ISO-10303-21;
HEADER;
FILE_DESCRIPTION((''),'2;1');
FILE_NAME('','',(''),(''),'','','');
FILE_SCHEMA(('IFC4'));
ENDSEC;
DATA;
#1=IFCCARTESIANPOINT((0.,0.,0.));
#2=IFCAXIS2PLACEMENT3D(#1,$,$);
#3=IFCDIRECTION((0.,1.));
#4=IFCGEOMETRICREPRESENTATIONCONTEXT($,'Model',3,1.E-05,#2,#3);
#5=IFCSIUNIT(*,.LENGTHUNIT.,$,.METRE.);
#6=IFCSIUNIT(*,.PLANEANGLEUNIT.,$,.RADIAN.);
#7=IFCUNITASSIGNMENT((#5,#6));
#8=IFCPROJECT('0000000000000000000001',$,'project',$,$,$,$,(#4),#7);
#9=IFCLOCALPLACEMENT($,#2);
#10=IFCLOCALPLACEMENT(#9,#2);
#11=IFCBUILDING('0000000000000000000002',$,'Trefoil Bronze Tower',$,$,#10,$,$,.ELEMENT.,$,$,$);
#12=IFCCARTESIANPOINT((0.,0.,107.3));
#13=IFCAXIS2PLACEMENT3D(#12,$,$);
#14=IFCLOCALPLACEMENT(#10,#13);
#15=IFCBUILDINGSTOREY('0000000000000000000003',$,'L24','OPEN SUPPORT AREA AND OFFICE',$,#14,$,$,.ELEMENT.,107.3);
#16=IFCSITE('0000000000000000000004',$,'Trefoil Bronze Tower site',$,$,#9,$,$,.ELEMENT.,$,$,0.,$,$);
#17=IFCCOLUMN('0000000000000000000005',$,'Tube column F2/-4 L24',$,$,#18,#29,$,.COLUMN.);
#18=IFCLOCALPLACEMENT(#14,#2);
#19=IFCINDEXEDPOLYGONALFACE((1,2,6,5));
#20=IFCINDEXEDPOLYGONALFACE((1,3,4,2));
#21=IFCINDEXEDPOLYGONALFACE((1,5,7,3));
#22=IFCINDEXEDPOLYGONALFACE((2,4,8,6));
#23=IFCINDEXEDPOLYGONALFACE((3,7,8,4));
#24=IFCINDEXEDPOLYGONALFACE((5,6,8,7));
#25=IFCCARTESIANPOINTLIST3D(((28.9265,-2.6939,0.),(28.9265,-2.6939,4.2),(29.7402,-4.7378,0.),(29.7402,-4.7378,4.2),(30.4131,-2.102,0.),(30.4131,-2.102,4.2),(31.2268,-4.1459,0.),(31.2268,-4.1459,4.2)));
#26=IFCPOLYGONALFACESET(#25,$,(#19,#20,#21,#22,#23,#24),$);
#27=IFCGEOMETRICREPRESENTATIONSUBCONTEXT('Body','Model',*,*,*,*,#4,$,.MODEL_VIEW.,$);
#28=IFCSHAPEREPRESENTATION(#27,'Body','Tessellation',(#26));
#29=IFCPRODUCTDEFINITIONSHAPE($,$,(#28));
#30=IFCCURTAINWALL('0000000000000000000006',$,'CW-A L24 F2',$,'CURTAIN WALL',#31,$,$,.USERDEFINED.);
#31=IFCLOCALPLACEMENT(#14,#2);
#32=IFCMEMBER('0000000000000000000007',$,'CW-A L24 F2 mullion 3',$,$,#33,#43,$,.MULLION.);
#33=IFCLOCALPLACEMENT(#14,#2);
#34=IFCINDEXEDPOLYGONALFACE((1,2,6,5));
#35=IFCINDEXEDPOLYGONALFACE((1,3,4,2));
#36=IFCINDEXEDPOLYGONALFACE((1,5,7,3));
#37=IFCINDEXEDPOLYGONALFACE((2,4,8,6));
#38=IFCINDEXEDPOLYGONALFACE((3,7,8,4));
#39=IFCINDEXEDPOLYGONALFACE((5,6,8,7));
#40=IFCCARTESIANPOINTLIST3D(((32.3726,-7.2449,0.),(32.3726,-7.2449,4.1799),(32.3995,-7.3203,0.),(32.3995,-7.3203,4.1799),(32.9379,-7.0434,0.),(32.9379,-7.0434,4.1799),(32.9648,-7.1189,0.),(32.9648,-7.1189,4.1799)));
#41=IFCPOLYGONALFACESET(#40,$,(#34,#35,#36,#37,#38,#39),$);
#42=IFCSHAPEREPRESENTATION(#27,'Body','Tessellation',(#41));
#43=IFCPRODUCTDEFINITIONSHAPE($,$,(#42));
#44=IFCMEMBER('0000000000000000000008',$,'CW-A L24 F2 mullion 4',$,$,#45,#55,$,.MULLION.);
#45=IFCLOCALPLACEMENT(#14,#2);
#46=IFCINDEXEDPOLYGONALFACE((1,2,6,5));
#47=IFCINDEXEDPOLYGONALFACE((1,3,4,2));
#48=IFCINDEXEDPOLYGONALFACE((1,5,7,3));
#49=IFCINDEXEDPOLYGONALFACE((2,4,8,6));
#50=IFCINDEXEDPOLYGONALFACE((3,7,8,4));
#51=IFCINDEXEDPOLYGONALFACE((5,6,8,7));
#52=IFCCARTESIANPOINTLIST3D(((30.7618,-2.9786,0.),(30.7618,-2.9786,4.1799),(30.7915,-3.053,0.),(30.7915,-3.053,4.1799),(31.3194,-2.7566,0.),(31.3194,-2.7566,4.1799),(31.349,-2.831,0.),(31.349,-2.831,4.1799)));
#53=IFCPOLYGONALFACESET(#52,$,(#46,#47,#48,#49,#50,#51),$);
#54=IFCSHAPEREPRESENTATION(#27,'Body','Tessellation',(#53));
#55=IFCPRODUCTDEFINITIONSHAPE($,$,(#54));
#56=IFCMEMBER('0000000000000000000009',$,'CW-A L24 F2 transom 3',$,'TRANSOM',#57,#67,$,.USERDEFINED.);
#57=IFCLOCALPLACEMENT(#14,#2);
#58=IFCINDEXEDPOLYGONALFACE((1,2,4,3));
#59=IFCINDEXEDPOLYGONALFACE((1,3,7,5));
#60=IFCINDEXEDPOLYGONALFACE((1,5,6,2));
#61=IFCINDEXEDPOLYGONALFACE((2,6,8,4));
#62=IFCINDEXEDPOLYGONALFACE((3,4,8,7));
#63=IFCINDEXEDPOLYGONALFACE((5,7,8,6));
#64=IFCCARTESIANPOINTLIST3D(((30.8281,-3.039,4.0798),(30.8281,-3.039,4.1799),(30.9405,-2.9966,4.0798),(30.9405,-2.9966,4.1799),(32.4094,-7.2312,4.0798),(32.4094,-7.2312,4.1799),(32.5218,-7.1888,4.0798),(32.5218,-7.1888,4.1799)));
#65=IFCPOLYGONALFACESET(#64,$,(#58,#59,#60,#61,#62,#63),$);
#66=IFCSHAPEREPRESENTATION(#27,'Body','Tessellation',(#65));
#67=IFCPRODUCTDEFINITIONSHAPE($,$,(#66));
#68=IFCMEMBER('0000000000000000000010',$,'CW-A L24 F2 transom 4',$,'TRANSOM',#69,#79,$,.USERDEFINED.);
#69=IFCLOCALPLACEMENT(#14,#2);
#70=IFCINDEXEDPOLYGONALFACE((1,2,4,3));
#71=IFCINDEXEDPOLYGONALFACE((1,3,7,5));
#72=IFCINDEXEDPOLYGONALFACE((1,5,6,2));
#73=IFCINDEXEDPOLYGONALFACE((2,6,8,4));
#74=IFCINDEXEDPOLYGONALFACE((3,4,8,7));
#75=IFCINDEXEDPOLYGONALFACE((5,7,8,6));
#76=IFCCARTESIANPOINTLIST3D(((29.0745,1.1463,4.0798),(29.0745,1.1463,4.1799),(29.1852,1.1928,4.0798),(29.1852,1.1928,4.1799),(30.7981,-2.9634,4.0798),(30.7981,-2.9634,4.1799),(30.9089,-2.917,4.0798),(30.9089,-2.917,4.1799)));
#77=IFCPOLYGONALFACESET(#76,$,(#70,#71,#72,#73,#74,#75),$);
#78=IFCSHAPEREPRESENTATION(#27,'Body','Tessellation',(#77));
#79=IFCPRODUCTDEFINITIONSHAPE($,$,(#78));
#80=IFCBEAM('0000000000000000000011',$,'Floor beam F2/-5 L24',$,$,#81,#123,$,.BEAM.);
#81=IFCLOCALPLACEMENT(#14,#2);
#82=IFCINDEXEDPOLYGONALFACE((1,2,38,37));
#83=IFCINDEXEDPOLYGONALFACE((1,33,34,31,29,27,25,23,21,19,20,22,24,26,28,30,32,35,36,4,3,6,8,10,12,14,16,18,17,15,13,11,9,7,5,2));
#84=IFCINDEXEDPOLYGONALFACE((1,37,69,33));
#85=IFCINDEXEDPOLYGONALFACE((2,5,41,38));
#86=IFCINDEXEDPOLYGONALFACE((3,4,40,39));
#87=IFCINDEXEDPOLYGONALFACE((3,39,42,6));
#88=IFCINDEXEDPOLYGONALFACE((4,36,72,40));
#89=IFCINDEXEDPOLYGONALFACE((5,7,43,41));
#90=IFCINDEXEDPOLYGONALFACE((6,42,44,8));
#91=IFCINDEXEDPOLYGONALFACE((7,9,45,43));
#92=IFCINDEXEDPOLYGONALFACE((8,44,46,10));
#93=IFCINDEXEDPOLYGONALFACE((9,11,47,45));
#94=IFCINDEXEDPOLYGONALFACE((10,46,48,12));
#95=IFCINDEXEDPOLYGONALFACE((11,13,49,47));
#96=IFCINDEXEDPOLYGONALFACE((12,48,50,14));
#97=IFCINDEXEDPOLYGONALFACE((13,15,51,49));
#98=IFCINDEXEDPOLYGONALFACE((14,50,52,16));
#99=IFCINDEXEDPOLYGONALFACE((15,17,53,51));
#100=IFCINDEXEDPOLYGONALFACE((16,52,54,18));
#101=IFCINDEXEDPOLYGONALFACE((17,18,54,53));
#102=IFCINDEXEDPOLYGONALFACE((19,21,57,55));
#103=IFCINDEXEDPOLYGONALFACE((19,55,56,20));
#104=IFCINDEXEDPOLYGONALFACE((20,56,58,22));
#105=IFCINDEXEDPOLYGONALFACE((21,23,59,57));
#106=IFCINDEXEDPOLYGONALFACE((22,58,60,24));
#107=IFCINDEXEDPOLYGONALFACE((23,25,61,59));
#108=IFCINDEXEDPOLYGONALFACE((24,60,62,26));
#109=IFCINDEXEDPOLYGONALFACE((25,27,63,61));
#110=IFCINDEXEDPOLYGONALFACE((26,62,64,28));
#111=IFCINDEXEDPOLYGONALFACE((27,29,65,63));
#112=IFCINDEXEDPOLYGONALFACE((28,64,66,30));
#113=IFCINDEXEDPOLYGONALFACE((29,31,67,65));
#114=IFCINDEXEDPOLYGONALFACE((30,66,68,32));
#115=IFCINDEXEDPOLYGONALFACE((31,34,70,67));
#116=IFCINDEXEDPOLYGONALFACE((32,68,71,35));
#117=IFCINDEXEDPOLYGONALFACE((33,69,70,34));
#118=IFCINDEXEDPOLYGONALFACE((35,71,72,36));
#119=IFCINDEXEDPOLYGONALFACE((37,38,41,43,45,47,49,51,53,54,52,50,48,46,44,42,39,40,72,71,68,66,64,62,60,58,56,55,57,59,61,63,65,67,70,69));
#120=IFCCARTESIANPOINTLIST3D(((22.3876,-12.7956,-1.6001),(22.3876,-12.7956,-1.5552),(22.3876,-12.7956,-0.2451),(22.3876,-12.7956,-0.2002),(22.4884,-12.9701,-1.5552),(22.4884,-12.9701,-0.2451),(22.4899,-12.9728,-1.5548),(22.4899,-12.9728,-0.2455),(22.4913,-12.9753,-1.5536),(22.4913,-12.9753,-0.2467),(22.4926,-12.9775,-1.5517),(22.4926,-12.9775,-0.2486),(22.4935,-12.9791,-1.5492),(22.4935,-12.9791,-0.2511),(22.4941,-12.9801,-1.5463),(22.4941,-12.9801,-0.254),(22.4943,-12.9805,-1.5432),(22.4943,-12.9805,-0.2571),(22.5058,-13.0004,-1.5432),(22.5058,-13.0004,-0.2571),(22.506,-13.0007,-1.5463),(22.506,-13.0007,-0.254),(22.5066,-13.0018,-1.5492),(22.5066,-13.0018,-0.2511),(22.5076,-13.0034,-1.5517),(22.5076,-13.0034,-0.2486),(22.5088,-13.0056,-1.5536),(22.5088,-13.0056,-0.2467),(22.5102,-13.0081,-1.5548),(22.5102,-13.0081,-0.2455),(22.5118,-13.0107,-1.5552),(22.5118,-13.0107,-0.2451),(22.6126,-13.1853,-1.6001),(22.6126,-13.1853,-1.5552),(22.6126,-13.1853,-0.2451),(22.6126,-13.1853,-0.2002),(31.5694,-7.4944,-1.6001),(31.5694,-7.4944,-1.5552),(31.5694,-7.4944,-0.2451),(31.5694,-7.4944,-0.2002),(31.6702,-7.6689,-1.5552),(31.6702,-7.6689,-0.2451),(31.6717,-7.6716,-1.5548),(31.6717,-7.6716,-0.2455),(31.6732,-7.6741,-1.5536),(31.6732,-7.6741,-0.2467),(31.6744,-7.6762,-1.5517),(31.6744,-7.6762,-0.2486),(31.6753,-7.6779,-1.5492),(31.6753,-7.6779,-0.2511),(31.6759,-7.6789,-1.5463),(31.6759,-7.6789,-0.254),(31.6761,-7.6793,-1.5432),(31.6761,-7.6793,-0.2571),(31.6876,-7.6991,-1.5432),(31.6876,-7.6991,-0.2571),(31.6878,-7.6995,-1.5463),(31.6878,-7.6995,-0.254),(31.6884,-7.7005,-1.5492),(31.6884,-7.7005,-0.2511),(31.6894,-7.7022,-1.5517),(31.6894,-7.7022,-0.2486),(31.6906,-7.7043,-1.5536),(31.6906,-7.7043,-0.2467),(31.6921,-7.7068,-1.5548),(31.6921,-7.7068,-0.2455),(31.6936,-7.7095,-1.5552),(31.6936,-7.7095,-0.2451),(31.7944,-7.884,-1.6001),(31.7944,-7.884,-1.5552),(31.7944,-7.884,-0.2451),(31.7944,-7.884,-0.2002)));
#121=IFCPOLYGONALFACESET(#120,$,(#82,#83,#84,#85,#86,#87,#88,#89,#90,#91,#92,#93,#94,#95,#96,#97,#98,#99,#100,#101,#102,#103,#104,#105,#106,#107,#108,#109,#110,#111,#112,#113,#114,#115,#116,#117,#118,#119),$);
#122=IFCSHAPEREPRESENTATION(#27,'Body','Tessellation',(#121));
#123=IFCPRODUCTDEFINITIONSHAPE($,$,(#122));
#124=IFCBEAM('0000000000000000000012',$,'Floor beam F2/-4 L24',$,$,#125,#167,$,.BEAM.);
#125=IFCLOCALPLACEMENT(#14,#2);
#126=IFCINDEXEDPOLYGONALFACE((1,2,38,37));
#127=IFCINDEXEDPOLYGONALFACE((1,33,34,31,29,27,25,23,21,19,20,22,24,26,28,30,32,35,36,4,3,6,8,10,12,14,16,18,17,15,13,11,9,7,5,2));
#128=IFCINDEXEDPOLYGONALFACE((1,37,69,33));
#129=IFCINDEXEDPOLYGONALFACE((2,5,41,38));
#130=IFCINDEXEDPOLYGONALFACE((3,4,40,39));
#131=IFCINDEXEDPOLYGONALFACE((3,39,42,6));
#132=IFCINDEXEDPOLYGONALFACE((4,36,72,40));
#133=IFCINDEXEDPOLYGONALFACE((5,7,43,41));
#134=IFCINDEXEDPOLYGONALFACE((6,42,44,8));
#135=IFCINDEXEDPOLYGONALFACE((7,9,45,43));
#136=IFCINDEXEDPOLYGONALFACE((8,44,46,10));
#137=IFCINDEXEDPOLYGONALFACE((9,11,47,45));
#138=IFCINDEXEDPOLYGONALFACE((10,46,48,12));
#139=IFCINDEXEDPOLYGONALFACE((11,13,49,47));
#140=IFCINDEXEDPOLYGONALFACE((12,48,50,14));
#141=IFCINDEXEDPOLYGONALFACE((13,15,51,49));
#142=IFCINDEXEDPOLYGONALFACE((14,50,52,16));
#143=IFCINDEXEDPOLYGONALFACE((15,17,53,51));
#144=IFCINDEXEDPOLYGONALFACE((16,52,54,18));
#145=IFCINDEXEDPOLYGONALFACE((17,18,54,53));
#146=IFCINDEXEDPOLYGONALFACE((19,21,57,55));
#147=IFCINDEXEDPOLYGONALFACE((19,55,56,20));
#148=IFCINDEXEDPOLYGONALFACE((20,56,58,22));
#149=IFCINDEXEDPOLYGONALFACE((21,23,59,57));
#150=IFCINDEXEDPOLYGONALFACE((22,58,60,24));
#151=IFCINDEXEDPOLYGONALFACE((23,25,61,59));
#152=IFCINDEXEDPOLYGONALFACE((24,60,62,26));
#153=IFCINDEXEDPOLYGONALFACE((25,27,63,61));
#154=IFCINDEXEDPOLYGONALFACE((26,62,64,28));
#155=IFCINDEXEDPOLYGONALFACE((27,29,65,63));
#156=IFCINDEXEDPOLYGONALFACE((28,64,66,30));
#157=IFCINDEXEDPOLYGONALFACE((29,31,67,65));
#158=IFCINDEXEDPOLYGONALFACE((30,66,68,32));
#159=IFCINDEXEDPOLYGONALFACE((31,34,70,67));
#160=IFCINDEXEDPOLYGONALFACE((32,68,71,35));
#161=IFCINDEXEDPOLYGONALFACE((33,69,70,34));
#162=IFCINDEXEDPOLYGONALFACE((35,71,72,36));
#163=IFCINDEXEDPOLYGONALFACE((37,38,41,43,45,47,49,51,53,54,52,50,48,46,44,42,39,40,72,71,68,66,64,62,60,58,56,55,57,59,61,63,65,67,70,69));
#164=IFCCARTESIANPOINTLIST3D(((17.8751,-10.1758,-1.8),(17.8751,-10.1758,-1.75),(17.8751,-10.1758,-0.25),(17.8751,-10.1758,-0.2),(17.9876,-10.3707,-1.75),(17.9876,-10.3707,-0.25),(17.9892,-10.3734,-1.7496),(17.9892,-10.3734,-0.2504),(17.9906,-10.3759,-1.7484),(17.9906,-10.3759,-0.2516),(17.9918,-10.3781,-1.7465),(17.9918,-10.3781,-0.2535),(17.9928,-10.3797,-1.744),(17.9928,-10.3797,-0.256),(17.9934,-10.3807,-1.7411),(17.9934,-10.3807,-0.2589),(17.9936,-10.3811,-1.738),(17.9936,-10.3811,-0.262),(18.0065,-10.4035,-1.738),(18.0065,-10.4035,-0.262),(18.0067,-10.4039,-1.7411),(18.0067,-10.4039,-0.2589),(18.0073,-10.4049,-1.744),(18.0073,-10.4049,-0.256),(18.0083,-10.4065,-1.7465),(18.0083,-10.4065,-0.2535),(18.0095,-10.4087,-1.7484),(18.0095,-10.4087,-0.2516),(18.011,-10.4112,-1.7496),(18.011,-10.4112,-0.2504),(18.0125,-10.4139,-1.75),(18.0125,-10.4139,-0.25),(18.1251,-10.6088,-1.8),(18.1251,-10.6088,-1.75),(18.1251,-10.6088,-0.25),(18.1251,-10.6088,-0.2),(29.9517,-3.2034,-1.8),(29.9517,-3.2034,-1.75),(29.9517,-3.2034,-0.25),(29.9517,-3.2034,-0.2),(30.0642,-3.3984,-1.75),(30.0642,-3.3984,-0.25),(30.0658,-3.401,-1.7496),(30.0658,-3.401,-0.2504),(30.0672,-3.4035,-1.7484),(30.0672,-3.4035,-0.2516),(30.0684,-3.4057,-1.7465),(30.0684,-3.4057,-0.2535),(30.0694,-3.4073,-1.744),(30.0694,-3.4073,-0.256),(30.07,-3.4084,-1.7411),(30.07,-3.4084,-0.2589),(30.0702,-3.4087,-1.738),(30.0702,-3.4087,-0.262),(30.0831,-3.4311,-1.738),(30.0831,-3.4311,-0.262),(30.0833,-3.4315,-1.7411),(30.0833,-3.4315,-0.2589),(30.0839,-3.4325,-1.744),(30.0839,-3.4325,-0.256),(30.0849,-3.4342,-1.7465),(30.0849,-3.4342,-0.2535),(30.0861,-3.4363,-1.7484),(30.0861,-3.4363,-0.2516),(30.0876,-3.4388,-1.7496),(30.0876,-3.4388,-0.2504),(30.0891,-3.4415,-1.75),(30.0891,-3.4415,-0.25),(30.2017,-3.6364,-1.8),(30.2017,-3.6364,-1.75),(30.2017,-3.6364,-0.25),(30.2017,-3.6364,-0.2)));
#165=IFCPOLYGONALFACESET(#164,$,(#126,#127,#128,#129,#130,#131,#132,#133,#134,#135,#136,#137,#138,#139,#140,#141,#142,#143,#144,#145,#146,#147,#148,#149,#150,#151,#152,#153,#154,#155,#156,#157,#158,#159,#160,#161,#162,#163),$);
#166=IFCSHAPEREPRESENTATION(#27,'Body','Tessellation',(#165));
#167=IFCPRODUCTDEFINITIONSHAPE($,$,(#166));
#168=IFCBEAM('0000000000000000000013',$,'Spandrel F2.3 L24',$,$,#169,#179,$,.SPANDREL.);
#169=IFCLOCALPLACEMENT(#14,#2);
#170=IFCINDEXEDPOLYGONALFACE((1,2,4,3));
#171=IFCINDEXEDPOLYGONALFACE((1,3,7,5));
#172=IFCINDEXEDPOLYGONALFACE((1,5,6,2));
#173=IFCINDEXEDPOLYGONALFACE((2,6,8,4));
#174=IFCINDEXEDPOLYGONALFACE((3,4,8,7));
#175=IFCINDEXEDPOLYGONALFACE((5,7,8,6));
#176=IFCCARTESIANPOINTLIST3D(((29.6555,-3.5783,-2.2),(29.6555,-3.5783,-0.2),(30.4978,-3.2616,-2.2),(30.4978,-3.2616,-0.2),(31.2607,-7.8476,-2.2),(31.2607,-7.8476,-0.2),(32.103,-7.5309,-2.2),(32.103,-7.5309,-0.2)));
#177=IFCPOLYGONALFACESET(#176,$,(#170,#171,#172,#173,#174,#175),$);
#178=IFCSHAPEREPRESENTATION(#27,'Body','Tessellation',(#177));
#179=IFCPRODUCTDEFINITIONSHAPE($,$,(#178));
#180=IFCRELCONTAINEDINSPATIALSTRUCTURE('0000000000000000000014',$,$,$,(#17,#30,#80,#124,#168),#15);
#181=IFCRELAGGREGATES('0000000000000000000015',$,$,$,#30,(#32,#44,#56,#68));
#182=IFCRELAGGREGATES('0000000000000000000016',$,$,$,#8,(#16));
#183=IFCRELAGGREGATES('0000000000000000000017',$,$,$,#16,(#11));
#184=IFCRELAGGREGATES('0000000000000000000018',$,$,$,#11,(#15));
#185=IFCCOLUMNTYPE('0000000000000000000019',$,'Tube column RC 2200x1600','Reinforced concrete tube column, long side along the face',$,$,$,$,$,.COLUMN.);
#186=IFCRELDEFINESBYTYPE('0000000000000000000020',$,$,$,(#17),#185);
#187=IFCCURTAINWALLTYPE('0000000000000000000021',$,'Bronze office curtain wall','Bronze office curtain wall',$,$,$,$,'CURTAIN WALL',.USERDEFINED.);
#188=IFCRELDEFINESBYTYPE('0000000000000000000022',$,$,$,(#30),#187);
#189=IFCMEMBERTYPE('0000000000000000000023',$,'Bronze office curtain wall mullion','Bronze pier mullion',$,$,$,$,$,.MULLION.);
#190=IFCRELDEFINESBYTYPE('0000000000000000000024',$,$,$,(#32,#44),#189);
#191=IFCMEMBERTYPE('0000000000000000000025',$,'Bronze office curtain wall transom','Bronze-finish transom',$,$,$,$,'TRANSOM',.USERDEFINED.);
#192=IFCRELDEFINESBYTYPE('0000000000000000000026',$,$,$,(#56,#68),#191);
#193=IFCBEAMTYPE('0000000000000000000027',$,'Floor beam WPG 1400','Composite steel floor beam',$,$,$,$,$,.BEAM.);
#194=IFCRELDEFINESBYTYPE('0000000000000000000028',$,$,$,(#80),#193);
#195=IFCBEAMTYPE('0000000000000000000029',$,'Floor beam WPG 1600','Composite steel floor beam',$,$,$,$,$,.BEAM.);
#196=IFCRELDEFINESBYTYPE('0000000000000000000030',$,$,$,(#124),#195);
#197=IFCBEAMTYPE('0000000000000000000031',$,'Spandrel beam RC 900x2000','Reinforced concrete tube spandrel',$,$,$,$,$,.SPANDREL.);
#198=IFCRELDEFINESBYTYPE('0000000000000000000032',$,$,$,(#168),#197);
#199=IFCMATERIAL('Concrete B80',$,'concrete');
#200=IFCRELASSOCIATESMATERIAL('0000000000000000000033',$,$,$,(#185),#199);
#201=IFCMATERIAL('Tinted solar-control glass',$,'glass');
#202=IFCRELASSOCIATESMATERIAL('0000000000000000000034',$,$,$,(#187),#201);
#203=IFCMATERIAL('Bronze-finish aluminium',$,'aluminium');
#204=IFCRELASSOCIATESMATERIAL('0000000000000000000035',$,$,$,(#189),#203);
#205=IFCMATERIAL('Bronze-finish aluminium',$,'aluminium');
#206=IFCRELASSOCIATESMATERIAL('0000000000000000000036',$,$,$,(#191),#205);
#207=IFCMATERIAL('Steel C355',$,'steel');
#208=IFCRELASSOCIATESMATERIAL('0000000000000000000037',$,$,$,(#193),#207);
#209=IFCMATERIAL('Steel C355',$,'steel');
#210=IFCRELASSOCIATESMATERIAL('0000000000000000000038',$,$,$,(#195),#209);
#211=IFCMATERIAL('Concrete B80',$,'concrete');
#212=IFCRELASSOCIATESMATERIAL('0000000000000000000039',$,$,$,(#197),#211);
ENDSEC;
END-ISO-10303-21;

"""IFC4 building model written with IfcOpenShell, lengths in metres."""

from ifc_helpers import new_model, si_unit, direction, frame, origin, origin_2d, place, context, subcontext, project, spatial, rectangle, i_section, extrude, material, material_profile, profile_set, type_object, element, aggregate, save


model = new_model("IFC4")

# Units and contexts
model_context = context("Model", 3, precision=1e-05, world=origin(), true_north=direction((0.0, 1.0)))
body_context = subcontext(model_context, "Body", "Model", "MODEL_VIEW")
ifc_project = project(units=[si_unit("LENGTHUNIT", "METRE"), si_unit("PLANEANGLEUNIT", "RADIAN")], contexts=[model_context])

# Site, building, storey
site_placement = place(None, origin())
site = spatial("IfcSite", under=ifc_project, at=site_placement, Name="Trefoil Bronze Tower site", CompositionType="ELEMENT", RefElevation=0.0)
building_placement = place(site_placement, origin())
building = spatial("IfcBuilding", under=site, at=building_placement, Name="Trefoil Bronze Tower", CompositionType="ELEMENT")
storey_placement = place(building_placement, frame((0.0, 0.0, 107.3)))
storey = spatial("IfcBuildingStorey", under=building, at=storey_placement, Name="L24", Description="OPEN SUPPORT AREA AND OFFICE", CompositionType="ELEMENT", Elevation=107.3)

# Column
ifc_material_1 = material(Name="Concrete B80", Category="concrete")
ifc_material_profile_1 = material_profile(ifc_material_1, rectangle(XDim=2.2, YDim=1.6001, at=origin_2d()), Name="RC 2200x1600")
ifc_profile_set_1 = profile_set([ifc_material_profile_1], Name="Concrete B80")
column_type = type_object("IfcColumnType", Name="Tube column RC 2200x1600", Description="Reinforced concrete tube column, long side along the face", PredefinedType="COLUMN", material=ifc_profile_set_1)
column_placement = place(storey_placement, frame((30.0767, -3.4199, 0.0), z_axis=(0.0, 0.0, 1.0), x_axis=(-0.369901, 0.929071, 0.0)))
element("IfcColumn", 1, at=column_placement, inside=storey, type_object=column_type, Name="Tube column F2/-4 L24", PredefinedType="COLUMN", context=body_context, shape_type="SweptSolid", body=[
    extrude(rectangle(XDim=2.2, YDim=1.6001, at=origin_2d()), origin(), (0.0, 0.0, 1.0), 4.2),
])

# Curtain wall, members
ifc_material_2 = material(Name="Tinted solar-control glass", Category="glass")
curtain_wall_type = type_object("IfcCurtainWallType", Name="Bronze office curtain wall", Description="Bronze office curtain wall", ElementType="CURTAIN WALL", PredefinedType="USERDEFINED", material=ifc_material_2)
curtain_wall_placement = place(storey_placement, origin())
curtain_wall = element("IfcCurtainWall", 2, at=curtain_wall_placement, inside=storey, type_object=curtain_wall_type, Name="CW-A L24 F2", ObjectType="CURTAIN WALL", PredefinedType="USERDEFINED")
ifc_material_3 = material(Name="Bronze-finish aluminium", Category="aluminium")
ifc_material_profile_2 = material_profile(ifc_material_3, rectangle(XDim=0.6001, YDim=0.0801, at=origin_2d()), Name="CW-A mullion")
ifc_profile_set_2 = profile_set([ifc_material_profile_2], Name="Bronze-finish aluminium")
member_type_1 = type_object("IfcMemberType", Name="Bronze office curtain wall mullion", Description="Bronze pier mullion", PredefinedType="MULLION", material=ifc_profile_set_2)
member_1_placement = place(storey_placement, frame((32.6687, -7.1819, 0.0), z_axis=(0.0, 0.0, 1.0), x_axis=(-0.941963, -0.335718, 0.0)))
member_1 = element("IfcMember", 3, at=member_1_placement, type_object=member_type_1, Name="CW-A L24 F2 mullion 3", PredefinedType="MULLION", context=body_context, shape_type="SweptSolid", body=[
    extrude(rectangle(XDim=0.6001, YDim=0.0801, at=origin_2d()), origin(), (0.0, 0.0, 1.0), 4.1799),
])
member_2_placement = place(storey_placement, frame((31.0554, -2.9048, 0.0), z_axis=(0.0, 0.0, 1.0), x_axis=(-0.929071, -0.369901, 0.0)))
member_2 = element("IfcMember", 4, at=member_2_placement, type_object=member_type_1, Name="CW-A L24 F2 mullion 4", PredefinedType="MULLION", context=body_context, shape_type="SweptSolid", body=[
    extrude(rectangle(XDim=0.6001, YDim=0.0801, at=origin_2d()), origin(), (0.0, 0.0, 1.0), 4.1799),
])
ifc_material_4 = material(Name="Bronze-finish aluminium", Category="aluminium")
ifc_material_profile_3 = material_profile(ifc_material_4, rectangle(XDim=0.1201, YDim=0.1001, at=origin_2d()), Name="CW-A transom")
ifc_profile_set_3 = profile_set([ifc_material_profile_3], Name="Bronze-finish aluminium")
member_type_2 = type_object("IfcMemberType", Name="Bronze office curtain wall transom", Description="Bronze-finish transom", ElementType="TRANSOM", PredefinedType="USERDEFINED", material=ifc_profile_set_3)
member_3_placement = place(storey_placement, frame((32.4656, -7.21, 4.1299), z_axis=(-0.352932, 0.935649, 0.0), x_axis=(-0.935649, -0.352932, 0.0)))
member_3 = element("IfcMember", 5, at=member_3_placement, type_object=member_type_2, Name="CW-A L24 F2 transom 3", ObjectType="TRANSOM", PredefinedType="USERDEFINED", context=body_context, shape_type="SweptSolid", body=[
    extrude(rectangle(XDim=0.1201, YDim=0.1001, at=origin_2d()), origin(), (0.0, 0.0, 1.0), 4.4805),
])
member_4_placement = place(storey_placement, frame((30.8535, -2.9402, 4.1299), z_axis=(-0.386773, 0.922175, 0.0), x_axis=(-0.922175, -0.386773, 0.0)))
member_4 = element("IfcMember", 6, at=member_4_placement, type_object=member_type_2, Name="CW-A L24 F2 transom 4", ObjectType="TRANSOM", PredefinedType="USERDEFINED", context=body_context, shape_type="SweptSolid", body=[
    extrude(rectangle(XDim=0.1201, YDim=0.1001, at=origin_2d()), origin(), (0.0, 0.0, 1.0), 4.4565),
])

# Beams
ifc_material_5 = material(Name="Steel C355", Category="steel")
ifc_material_profile_4 = material_profile(ifc_material_5, i_section(OverallWidth=0.45, OverallDepth=1.3999, WebThickness=0.0229, FlangeThickness=0.0449, FilletRadius=0.012, at=origin_2d()), Name="WPG 1400")
ifc_profile_set_4 = profile_set([ifc_material_profile_4], Name="Steel C355")
beam_type_1 = type_object("IfcBeamType", Name="Floor beam WPG 1400", Description="Composite steel floor beam", PredefinedType="BEAM", material=ifc_profile_set_4)
beam_1_placement = place(storey_placement, frame((31.6819, -7.6892, -0.9001), z_axis=(-0.866021, -0.500007, 0.0), x_axis=(0.500007, -0.866021, 0.0)))
element("IfcBeam", 7, at=beam_1_placement, inside=storey, type_object=beam_type_1, Name="Floor beam F2/-5 L24", PredefinedType="BEAM", context=body_context, shape_type="SweptSolid", body=[
    extrude(i_section(OverallWidth=0.45, OverallDepth=1.3999, WebThickness=0.0229, FlangeThickness=0.0449, FilletRadius=0.012, at=origin_2d()), origin(), (0.0, 0.0, 1.0), 10.6023),
])
ifc_material_6 = material(Name="Steel C355", Category="steel")
ifc_material_profile_5 = material_profile(ifc_material_6, i_section(OverallWidth=0.5, OverallDepth=1.6001, WebThickness=0.0259, FlangeThickness=0.05, FilletRadius=0.012, at=origin_2d()), Name="WPG 1600")
ifc_profile_set_5 = profile_set([ifc_material_profile_5], Name="Steel C355")
beam_type_2 = type_object("IfcBeamType", Name="Floor beam WPG 1600", Description="Composite steel floor beam", PredefinedType="BEAM", material=ifc_profile_set_5)
beam_2_placement = place(storey_placement, frame((30.0767, -3.4199, -1.0), z_axis=(-0.866027, -0.499997, 0.0), x_axis=(0.499997, -0.866027, 0.0)))
element("IfcBeam", 8, at=beam_2_placement, inside=storey, type_object=beam_type_2, Name="Floor beam F2/-4 L24", PredefinedType="BEAM", context=body_context, shape_type="SweptSolid", body=[
    extrude(i_section(OverallWidth=0.5, OverallDepth=1.6001, WebThickness=0.0259, FlangeThickness=0.05, FilletRadius=0.012, at=origin_2d()), origin(), (0.0, 0.0, 1.0), 13.9448),
])
ifc_material_7 = material(Name="Concrete B80", Category="concrete")
ifc_material_profile_6 = material_profile(ifc_material_7, rectangle(XDim=0.8999, YDim=2.0, at=origin_2d()), Name="RC 900x2000")
ifc_profile_set_6 = profile_set([ifc_material_profile_6], Name="Concrete B80")
beam_type_3 = type_object("IfcBeamType", Name="Spandrel beam RC 900x2000", Description="Reinforced concrete tube spandrel", PredefinedType="SPANDREL", material=ifc_profile_set_6)
beam_3_placement = place(storey_placement, frame((31.6819, -7.6892, -1.2), z_axis=(-0.351939, 0.936023, 0.0), x_axis=(-0.936023, -0.351939, 0.0)))
element("IfcBeam", 9, at=beam_3_placement, inside=storey, type_object=beam_type_3, Name="Spandrel F2.3 L24", PredefinedType="SPANDREL", context=body_context, shape_type="SweptSolid", body=[
    extrude(rectangle(XDim=0.8999, YDim=2.0, at=origin_2d()), origin(), (0.0, 0.0, 1.0), 4.561),
])

aggregate(curtain_wall, [member_1, member_2, member_3, member_4])

save(model, "model.ifc")
